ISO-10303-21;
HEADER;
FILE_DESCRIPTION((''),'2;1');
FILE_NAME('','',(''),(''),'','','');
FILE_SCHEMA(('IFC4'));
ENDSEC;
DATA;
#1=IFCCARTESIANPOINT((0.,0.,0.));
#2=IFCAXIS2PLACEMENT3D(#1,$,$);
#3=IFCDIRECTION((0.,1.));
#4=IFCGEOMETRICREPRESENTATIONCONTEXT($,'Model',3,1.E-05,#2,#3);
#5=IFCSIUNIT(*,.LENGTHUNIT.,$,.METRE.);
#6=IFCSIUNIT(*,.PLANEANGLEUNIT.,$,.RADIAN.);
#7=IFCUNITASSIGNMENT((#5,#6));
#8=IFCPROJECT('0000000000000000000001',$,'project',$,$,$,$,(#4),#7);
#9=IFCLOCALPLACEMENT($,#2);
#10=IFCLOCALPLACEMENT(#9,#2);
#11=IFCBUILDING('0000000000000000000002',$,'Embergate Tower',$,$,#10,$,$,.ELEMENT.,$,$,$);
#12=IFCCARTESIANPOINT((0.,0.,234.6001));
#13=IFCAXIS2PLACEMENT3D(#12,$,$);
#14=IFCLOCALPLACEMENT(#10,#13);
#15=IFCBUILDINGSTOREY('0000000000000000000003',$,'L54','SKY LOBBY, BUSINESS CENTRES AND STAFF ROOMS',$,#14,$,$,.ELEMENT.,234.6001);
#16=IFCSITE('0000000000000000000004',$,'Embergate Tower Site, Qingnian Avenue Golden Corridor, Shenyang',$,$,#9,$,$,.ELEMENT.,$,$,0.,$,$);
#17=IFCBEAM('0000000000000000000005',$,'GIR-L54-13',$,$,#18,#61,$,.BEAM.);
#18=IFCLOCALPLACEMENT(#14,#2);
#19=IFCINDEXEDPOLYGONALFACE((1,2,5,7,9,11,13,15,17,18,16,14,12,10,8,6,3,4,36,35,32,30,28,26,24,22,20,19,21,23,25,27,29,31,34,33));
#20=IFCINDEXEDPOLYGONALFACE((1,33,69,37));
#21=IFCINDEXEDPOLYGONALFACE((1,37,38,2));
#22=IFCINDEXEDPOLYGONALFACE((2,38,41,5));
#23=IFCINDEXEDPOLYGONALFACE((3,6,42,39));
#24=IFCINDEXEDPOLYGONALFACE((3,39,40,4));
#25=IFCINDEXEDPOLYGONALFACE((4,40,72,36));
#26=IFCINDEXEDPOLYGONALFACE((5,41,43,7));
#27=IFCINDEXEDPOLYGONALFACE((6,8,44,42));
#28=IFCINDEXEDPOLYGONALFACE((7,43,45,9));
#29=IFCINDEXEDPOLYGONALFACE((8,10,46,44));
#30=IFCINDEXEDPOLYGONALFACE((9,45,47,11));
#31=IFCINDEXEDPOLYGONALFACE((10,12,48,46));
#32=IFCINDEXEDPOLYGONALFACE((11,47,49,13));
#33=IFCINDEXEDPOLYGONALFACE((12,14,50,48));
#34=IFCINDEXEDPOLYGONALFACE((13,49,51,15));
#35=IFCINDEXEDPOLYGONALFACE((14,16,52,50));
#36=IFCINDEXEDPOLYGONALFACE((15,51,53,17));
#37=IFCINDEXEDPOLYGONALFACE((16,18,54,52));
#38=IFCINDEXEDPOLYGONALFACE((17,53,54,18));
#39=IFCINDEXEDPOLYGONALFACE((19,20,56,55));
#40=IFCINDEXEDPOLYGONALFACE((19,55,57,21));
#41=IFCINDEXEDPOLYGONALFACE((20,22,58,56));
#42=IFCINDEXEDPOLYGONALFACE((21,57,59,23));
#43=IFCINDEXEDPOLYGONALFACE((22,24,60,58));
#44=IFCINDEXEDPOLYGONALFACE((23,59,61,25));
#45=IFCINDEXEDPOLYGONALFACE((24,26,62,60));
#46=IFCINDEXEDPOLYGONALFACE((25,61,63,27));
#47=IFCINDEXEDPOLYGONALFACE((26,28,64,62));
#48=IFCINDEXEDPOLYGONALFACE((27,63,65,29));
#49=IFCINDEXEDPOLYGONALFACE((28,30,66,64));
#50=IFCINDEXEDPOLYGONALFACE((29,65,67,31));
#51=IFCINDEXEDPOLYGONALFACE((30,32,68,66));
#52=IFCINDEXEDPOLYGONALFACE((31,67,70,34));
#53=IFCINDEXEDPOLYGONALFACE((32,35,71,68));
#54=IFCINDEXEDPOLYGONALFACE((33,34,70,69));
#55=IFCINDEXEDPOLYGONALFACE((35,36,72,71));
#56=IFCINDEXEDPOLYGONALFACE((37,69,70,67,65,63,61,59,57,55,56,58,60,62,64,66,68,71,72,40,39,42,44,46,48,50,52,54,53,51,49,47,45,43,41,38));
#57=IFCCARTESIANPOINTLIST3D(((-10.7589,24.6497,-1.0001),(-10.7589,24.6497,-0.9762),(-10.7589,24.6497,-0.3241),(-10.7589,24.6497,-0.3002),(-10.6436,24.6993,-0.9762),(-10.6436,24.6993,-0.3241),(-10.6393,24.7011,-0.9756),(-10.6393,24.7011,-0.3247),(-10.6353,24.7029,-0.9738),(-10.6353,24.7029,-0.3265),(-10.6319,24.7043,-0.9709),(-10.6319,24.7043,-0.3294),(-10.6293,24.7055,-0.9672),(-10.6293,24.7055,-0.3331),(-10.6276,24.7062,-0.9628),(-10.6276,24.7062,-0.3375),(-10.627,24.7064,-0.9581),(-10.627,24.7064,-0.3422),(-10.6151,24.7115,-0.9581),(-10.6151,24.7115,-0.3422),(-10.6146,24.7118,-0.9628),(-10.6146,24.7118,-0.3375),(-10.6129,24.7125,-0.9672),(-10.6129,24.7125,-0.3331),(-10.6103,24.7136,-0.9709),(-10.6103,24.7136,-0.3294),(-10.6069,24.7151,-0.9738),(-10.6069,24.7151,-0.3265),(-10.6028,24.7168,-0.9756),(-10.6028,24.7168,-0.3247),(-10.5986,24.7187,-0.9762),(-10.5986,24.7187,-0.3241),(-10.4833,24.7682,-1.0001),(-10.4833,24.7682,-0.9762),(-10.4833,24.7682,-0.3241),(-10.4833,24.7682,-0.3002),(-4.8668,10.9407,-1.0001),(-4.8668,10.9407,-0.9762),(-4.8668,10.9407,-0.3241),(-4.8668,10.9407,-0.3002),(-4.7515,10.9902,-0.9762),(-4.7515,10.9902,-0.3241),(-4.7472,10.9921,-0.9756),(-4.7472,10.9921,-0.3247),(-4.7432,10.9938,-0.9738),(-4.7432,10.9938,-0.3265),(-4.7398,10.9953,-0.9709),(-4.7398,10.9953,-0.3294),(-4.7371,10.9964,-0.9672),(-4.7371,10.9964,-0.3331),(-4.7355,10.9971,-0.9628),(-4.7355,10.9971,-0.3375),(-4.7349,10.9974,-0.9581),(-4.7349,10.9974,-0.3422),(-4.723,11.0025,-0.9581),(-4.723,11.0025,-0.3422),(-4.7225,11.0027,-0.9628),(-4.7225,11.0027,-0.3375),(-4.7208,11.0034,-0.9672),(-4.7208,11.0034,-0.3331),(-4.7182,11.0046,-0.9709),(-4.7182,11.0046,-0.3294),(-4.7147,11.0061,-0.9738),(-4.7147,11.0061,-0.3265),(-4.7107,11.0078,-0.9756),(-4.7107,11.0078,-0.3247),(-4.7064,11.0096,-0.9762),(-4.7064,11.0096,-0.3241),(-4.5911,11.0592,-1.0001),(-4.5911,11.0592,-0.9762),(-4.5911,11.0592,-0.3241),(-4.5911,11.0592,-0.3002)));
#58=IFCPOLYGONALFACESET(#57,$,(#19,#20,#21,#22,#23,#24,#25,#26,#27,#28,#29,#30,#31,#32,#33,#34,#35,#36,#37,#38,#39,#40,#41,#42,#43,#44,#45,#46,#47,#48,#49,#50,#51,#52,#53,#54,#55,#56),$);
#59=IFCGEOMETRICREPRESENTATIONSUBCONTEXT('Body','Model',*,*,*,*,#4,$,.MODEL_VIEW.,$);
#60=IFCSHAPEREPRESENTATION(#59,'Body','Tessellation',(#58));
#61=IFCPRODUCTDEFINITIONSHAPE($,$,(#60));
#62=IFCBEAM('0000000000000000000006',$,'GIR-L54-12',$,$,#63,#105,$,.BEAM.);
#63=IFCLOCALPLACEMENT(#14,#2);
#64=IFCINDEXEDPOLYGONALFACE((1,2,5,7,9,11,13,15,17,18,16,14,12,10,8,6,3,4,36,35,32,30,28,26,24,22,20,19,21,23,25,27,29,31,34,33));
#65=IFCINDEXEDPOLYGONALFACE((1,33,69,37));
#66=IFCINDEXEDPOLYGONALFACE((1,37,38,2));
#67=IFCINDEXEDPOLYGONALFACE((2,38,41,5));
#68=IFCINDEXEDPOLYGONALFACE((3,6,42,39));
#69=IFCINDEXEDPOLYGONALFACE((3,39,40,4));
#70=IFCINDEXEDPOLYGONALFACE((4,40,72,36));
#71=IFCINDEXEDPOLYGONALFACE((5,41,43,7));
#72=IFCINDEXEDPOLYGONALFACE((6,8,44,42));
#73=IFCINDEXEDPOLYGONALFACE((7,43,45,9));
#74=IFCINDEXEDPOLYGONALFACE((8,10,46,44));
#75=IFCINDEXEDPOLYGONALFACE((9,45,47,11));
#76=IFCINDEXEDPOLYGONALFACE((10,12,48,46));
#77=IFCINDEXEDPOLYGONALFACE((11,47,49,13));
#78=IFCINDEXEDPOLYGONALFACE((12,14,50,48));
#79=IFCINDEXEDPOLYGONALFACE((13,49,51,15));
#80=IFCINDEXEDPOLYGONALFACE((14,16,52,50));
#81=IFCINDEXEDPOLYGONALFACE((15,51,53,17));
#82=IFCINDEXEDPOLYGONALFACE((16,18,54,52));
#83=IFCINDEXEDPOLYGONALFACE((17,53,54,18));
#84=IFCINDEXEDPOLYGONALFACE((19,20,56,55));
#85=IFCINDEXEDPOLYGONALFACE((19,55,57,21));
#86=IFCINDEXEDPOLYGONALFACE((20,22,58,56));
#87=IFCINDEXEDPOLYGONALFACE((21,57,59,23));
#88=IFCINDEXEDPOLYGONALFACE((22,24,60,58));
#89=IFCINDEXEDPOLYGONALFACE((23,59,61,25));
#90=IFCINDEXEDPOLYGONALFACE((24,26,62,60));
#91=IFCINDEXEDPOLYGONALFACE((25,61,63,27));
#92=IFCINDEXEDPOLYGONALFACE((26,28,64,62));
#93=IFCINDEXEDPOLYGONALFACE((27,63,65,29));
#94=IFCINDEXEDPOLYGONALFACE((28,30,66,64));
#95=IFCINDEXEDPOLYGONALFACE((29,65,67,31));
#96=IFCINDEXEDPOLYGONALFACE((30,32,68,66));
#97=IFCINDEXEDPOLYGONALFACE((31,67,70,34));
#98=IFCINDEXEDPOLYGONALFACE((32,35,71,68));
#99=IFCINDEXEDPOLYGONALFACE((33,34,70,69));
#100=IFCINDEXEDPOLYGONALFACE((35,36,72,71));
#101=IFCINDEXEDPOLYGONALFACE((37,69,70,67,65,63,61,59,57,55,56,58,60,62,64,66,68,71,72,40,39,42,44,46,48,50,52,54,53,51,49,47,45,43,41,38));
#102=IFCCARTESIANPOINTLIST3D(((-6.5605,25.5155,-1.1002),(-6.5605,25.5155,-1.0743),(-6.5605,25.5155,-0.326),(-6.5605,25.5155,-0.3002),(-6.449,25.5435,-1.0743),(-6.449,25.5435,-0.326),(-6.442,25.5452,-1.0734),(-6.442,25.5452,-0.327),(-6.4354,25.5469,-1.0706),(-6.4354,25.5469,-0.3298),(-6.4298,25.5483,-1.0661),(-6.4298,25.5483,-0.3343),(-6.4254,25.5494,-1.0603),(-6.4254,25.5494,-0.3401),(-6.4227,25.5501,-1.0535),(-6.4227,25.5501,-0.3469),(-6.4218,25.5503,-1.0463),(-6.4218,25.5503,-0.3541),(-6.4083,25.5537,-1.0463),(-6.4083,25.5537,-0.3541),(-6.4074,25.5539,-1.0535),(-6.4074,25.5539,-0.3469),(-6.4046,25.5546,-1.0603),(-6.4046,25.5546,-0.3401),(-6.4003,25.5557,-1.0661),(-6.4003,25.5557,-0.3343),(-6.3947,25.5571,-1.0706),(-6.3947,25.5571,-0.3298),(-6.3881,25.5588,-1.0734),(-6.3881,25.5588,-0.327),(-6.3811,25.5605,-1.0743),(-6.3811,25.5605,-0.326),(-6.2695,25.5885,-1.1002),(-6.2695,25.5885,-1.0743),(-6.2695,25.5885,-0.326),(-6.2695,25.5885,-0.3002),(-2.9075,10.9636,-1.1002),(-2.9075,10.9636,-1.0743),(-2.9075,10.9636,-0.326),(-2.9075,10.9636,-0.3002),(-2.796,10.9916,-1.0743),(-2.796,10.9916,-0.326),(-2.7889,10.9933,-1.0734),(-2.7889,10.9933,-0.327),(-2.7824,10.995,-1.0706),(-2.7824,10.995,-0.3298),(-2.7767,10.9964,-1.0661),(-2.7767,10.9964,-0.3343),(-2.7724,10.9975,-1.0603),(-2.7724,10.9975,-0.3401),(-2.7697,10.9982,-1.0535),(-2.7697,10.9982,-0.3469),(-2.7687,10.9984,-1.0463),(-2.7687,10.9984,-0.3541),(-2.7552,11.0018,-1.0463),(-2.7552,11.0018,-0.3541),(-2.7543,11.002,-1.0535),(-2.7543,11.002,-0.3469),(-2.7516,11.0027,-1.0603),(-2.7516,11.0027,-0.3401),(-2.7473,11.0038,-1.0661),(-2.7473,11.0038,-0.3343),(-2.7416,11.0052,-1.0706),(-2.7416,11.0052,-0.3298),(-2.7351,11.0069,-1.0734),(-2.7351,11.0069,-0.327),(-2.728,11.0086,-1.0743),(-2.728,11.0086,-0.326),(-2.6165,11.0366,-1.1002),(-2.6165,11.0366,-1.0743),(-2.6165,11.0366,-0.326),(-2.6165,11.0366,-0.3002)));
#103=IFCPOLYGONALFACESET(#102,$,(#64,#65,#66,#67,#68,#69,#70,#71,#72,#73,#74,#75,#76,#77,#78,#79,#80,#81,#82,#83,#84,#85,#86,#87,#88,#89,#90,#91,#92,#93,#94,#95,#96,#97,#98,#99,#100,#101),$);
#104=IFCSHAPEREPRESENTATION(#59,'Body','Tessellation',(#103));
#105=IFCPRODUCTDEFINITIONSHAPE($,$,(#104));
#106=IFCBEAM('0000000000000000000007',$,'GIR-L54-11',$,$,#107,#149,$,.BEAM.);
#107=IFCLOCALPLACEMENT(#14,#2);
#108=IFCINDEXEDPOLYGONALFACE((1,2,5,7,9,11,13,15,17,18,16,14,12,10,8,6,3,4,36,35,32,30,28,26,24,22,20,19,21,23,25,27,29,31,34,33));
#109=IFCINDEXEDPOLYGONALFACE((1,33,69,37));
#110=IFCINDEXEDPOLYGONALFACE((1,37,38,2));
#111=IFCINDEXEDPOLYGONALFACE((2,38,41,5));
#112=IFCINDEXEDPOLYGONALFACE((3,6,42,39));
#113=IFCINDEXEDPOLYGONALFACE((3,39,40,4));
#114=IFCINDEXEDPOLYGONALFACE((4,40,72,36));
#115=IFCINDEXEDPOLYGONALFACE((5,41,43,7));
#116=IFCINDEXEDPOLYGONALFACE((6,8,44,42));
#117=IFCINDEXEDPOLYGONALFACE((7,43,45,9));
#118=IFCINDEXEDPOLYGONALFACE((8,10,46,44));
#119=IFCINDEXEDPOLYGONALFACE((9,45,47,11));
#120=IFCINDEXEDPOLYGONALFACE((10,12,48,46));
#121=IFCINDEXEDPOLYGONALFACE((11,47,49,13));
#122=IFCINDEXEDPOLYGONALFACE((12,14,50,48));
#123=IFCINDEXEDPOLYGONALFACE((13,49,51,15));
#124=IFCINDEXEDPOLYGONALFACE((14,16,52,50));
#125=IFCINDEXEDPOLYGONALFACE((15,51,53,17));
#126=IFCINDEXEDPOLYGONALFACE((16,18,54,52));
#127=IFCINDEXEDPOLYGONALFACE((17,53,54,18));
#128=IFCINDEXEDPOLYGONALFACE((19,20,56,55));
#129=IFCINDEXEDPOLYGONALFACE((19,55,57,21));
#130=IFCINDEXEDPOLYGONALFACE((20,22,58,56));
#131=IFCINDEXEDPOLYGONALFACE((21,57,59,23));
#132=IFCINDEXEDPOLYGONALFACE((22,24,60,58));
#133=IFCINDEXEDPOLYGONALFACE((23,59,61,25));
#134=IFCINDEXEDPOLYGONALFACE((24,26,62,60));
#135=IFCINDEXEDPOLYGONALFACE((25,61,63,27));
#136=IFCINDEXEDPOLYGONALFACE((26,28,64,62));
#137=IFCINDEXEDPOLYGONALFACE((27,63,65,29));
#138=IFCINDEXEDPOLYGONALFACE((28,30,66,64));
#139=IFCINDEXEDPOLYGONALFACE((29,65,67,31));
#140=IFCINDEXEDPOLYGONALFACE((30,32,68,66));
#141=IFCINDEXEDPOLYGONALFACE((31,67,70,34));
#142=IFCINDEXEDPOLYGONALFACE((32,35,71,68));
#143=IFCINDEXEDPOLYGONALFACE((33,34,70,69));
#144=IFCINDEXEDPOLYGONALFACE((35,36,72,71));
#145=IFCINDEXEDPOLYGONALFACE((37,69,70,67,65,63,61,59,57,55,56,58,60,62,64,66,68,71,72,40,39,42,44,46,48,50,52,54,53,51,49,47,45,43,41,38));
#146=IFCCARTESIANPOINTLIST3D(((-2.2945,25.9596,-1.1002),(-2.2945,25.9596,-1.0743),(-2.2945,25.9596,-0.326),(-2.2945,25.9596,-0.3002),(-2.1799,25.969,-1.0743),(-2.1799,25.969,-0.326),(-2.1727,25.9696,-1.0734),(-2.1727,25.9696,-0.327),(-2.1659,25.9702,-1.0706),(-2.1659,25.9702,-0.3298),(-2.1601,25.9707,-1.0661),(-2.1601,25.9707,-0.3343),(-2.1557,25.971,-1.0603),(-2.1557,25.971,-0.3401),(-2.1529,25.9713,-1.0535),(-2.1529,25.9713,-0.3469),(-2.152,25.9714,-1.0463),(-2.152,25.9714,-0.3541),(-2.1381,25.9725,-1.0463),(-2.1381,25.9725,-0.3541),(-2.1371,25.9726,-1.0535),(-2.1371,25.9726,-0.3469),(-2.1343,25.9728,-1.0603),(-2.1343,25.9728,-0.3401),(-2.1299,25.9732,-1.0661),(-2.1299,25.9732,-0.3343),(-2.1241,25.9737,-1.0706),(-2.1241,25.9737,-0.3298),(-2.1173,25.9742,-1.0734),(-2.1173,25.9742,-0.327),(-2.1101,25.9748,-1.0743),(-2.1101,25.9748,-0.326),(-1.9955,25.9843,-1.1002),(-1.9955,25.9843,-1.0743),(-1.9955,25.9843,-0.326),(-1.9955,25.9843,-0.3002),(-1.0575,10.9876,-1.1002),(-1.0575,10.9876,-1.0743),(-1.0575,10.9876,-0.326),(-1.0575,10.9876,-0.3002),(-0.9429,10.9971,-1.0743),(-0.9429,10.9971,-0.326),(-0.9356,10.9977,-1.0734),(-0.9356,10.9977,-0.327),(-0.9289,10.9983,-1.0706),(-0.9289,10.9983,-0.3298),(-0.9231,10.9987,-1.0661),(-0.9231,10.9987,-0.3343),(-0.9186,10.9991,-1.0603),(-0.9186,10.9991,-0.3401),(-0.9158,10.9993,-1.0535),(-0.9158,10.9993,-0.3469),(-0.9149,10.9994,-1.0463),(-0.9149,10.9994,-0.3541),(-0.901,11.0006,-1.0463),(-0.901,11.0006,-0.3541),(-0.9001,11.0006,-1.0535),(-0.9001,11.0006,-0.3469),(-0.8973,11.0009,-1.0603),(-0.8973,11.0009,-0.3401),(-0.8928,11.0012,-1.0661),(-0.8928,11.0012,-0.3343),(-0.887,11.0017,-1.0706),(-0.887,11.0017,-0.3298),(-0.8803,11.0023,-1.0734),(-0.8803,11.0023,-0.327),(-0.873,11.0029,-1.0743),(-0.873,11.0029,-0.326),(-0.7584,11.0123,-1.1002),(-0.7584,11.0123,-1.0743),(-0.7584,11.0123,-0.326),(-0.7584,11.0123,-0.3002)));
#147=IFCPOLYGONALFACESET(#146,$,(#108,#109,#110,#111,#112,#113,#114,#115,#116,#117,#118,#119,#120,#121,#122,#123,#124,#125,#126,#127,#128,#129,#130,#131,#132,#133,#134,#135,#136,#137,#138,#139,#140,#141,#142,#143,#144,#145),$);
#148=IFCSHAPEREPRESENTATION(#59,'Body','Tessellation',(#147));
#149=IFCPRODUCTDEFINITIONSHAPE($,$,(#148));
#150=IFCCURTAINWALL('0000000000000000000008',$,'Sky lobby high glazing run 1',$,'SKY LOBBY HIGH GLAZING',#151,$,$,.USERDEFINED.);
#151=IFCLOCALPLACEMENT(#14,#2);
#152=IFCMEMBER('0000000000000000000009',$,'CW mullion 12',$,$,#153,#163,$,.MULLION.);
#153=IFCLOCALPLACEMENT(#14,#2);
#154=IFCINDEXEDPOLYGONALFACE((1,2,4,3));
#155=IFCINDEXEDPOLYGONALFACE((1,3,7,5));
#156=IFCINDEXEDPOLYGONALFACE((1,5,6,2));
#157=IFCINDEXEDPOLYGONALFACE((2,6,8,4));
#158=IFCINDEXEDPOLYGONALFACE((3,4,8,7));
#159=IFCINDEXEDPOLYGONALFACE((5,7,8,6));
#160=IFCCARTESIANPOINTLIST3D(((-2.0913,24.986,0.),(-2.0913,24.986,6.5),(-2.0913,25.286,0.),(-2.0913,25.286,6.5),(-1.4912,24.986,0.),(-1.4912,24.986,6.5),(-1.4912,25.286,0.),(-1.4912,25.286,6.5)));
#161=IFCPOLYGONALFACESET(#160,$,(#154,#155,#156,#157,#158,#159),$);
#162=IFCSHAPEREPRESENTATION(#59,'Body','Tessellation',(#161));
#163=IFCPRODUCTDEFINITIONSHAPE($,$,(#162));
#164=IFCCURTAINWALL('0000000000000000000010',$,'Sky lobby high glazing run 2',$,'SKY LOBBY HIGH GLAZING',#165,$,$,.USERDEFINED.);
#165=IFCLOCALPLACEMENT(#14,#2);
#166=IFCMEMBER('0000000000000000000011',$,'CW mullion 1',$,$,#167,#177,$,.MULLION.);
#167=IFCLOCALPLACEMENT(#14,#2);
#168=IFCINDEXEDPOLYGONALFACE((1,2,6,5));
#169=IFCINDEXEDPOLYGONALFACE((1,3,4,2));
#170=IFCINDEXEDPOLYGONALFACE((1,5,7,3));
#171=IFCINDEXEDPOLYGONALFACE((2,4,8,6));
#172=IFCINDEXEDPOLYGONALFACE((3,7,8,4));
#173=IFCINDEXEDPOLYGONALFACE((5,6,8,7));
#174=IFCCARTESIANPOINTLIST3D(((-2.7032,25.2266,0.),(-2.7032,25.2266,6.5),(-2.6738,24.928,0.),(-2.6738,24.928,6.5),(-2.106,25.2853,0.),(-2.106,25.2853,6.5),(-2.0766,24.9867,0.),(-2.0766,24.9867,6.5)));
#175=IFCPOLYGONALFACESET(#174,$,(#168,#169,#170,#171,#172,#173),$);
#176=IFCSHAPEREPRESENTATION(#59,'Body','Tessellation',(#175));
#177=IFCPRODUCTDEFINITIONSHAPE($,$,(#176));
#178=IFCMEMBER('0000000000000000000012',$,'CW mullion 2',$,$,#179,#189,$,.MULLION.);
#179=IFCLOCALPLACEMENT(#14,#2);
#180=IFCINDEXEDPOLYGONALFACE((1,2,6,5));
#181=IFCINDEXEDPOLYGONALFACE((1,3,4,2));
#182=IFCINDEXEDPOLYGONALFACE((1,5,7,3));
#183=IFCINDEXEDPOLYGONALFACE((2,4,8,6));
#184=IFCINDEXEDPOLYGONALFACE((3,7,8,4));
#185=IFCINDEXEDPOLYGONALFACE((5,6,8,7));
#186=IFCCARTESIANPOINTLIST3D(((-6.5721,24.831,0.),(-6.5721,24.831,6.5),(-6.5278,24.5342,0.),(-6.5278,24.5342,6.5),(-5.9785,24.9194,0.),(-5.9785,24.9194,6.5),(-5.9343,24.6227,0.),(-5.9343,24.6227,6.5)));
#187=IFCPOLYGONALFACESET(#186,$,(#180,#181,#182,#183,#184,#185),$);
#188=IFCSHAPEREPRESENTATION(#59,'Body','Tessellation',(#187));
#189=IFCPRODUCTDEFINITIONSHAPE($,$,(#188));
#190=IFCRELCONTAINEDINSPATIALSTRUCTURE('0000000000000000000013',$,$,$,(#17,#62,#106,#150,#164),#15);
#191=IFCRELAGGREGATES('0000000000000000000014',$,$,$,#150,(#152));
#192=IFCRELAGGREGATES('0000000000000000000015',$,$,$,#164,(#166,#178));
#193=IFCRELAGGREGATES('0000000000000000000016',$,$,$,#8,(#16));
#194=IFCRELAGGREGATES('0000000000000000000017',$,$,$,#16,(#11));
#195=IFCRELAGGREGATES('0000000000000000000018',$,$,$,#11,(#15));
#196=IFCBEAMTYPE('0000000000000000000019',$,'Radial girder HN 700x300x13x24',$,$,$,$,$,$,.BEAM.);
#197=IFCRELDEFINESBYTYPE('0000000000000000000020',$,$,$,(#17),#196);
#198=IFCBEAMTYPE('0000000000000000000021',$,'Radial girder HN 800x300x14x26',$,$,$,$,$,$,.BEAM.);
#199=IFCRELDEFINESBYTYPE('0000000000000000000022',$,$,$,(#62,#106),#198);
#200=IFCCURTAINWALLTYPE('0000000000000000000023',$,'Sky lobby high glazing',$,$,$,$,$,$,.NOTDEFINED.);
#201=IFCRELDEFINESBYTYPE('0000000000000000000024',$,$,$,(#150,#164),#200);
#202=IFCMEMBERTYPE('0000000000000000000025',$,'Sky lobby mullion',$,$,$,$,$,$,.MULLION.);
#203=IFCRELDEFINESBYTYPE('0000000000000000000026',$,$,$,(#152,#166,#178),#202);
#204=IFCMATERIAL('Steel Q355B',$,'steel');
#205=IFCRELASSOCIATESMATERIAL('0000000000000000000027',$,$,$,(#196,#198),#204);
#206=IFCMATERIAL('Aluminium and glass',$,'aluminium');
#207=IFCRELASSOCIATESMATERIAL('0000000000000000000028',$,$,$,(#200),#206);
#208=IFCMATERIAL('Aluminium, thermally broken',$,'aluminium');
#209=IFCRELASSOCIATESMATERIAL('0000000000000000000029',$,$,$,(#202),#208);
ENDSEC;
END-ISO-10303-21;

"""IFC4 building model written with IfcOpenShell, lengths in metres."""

from ifc_helpers import new_model, si_unit, direction, frame, origin, origin_2d, place, context, subcontext, project, spatial, rectangle, i_section, extrude, source, transform, mapped, material, material_profile, profile_set, type_object, element, aggregate, save


model = new_model("IFC4")

# Units and contexts
model_context = context("Model", 3, precision=1e-05, world=origin(), true_north=direction((0.0, 1.0)))
body_context = subcontext(model_context, "Body", "Model", "MODEL_VIEW")
ifc_project = project(units=[si_unit("LENGTHUNIT", "METRE"), si_unit("PLANEANGLEUNIT", "RADIAN")], contexts=[model_context])

# Site, building, storey
site_placement = place(None, origin())
site = spatial("IfcSite", under=ifc_project, at=site_placement, Name="Embergate Tower Site, Qingnian Avenue Golden Corridor, Shenyang", CompositionType="ELEMENT", RefElevation=0.0)
building_placement = place(site_placement, origin())
building = spatial("IfcBuilding", under=site, at=building_placement, Name="Embergate Tower", CompositionType="ELEMENT")
storey_placement = place(building_placement, frame((0.0, 0.0, 234.6001)))
storey = spatial("IfcBuildingStorey", under=building, at=storey_placement, Name="L54", Description="SKY LOBBY, BUSINESS CENTRES AND STAFF ROOMS", CompositionType="ELEMENT", Elevation=234.6001)

# Beams
ifc_material_1 = material(Name="Steel Q355B", Category="steel")
ifc_material_profile_1 = material_profile(ifc_material_1, i_section(OverallWidth=0.3, OverallDepth=0.7, WebThickness=0.0129, FlangeThickness=0.0239, FilletRadius=0.0181, at=origin_2d()), Name="HN 700x300x13x24")
ifc_profile_set_1 = profile_set([ifc_material_profile_1], Name="Steel Q355 grade B")
beam_type_1 = type_object("IfcBeamType", Name="Radial girder HN 700x300x13x24", PredefinedType="BEAM", material=ifc_profile_set_1)
shared_shape_1 = source(origin(), body_context, "Body", "SweptSolid", [
    extrude(i_section(OverallWidth=0.3, OverallDepth=0.7, WebThickness=0.0129, FlangeThickness=0.0239, FilletRadius=0.0181, at=origin_2d()), origin(), (0.0, 0.0, 1.0), 14.9216),
])
beam_1_placement = place(storey_placement, frame((-10.6211, 24.709, -0.6501), z_axis=(0.394871, -0.918737, 0.0), x_axis=(0.918737, 0.394871, 0.0)))
element("IfcBeam", 1, at=beam_1_placement, inside=storey, type_object=beam_type_1, Name="GIR-L54-13", PredefinedType="BEAM", context=body_context, shape_type="MappedRepresentation", body=[
    mapped(shared_shape_1, transform((0.0, 0.0, 0.0))),
])
ifc_material_profile_2 = material_profile(ifc_material_1, i_section(OverallWidth=0.3, OverallDepth=0.8, WebThickness=0.0139, FlangeThickness=0.0259, FilletRadius=0.0281, at=origin_2d()), Name="HN 800x300x14x26")
ifc_profile_set_2 = profile_set([ifc_material_profile_2], Name="Steel Q355 grade B")
beam_type_2 = type_object("IfcBeamType", Name="Radial girder HN 800x300x14x26", PredefinedType="BEAM", material=ifc_profile_set_2)
shared_shape_2 = source(origin(), body_context, "Body", "SweptSolid", [
    extrude(i_section(OverallWidth=0.3, OverallDepth=0.8, WebThickness=0.0139, FlangeThickness=0.0259, FilletRadius=0.0281, at=origin_2d()), origin(), (0.0, 0.0, 1.0), 15.0034),
])
beam_2_placement = place(storey_placement, frame((-6.415, 25.552, -0.7002), z_axis=(0.243481, -0.969906, 0.0), x_axis=(0.969906, 0.243481, 0.0)))
element("IfcBeam", 2, at=beam_2_placement, inside=storey, type_object=beam_type_2, Name="GIR-L54-12", PredefinedType="BEAM", context=body_context, shape_type="MappedRepresentation", body=[
    mapped(shared_shape_2, transform((0.0, 0.0, 0.0))),
])
shared_shape_3 = source(origin(), body_context, "Body", "SweptSolid", [
    extrude(i_section(OverallWidth=0.3, OverallDepth=0.8, WebThickness=0.0139, FlangeThickness=0.0259, FilletRadius=0.0281, at=origin_2d()), origin(), (0.0, 0.0, 1.0), 15.0229),
])
beam_3_placement = place(storey_placement, frame((-2.145, 25.9719, -0.7002), z_axis=(0.082345, -0.996604, 0.0), x_axis=(0.996604, 0.082345, 0.0)))
element("IfcBeam", 3, at=beam_3_placement, inside=storey, type_object=beam_type_2, Name="GIR-L54-11", PredefinedType="BEAM", context=body_context, shape_type="MappedRepresentation", body=[
    mapped(shared_shape_3, transform((0.0, 0.0, 0.0))),
])

# Curtain wall, member
ifc_material_2 = material(Name="Aluminium and glass", Category="aluminium")
curtain_wall_type = type_object("IfcCurtainWallType", Name="Sky lobby high glazing", PredefinedType="NOTDEFINED", material=ifc_material_2)
curtain_wall_1_placement = place(storey_placement, origin())
curtain_wall_1 = element("IfcCurtainWall", 4, at=curtain_wall_1_placement, inside=storey, type_object=curtain_wall_type, Name="Sky lobby high glazing run 1", ObjectType="SKY LOBBY HIGH GLAZING", PredefinedType="USERDEFINED")
ifc_material_3 = material(Name="Aluminium, thermally broken", Category="aluminium")
ifc_material_profile_3 = material_profile(ifc_material_3, rectangle(XDim=0.3, YDim=0.6001, at=origin_2d()), Name="AL 600x300")
ifc_profile_set_3 = profile_set([ifc_material_profile_3], Name="Aluminium, thermally broken")
member_type_1 = type_object("IfcMemberType", Name="Sky lobby mullion", PredefinedType="MULLION", material=ifc_profile_set_3)
shared_shape_4 = source(origin(), body_context, "Body", "SweptSolid", [
    extrude(rectangle(XDim=0.3, YDim=0.6001, at=origin_2d()), origin(), (0.0, 0.0, 1.0), 6.5),
])
member_1_placement = place(storey_placement, frame((-1.7913, 25.136, 0.0), z_axis=(0.0, 0.0, 1.0), x_axis=(0.0, -1.0, 0.0)))
member_1 = element("IfcMember", 5, at=member_1_placement, type_object=member_type_1, Name="CW mullion 12", PredefinedType="MULLION", context=body_context, shape_type="MappedRepresentation", body=[
    mapped(shared_shape_4, transform((0.0, 0.0, 0.0))),
])
aggregate(curtain_wall_1, [member_1])

# Curtain wall, members
curtain_wall_2_placement = place(storey_placement, origin())
curtain_wall_2 = element("IfcCurtainWall", 6, at=curtain_wall_2_placement, inside=storey, type_object=curtain_wall_type, Name="Sky lobby high glazing run 2", ObjectType="SKY LOBBY HIGH GLAZING", PredefinedType="USERDEFINED")
member_2_placement = place(storey_placement, frame((-2.3899, 25.1067, 0.0), z_axis=(0.0, 0.0, 1.0), x_axis=(0.09783, -0.995203, 0.0)))
member_2 = element("IfcMember", 7, at=member_2_placement, type_object=member_type_1, Name="CW mullion 1", PredefinedType="MULLION", context=body_context, shape_type="MappedRepresentation", body=[
    mapped(shared_shape_4, transform((0.0, 0.0, 0.0))),
])
member_3_placement = place(storey_placement, frame((-6.2532, 24.7268, 0.0), z_axis=(0.0, 0.0, 1.0), x_axis=(0.147411, -0.989075, 0.0)))
member_3 = element("IfcMember", 8, at=member_3_placement, type_object=member_type_1, Name="CW mullion 2", PredefinedType="MULLION", context=body_context, shape_type="MappedRepresentation", body=[
    mapped(shared_shape_4, transform((0.0, 0.0, 0.0))),
])
aggregate(curtain_wall_2, [member_2, member_3])

save(model, "model.ifc")
